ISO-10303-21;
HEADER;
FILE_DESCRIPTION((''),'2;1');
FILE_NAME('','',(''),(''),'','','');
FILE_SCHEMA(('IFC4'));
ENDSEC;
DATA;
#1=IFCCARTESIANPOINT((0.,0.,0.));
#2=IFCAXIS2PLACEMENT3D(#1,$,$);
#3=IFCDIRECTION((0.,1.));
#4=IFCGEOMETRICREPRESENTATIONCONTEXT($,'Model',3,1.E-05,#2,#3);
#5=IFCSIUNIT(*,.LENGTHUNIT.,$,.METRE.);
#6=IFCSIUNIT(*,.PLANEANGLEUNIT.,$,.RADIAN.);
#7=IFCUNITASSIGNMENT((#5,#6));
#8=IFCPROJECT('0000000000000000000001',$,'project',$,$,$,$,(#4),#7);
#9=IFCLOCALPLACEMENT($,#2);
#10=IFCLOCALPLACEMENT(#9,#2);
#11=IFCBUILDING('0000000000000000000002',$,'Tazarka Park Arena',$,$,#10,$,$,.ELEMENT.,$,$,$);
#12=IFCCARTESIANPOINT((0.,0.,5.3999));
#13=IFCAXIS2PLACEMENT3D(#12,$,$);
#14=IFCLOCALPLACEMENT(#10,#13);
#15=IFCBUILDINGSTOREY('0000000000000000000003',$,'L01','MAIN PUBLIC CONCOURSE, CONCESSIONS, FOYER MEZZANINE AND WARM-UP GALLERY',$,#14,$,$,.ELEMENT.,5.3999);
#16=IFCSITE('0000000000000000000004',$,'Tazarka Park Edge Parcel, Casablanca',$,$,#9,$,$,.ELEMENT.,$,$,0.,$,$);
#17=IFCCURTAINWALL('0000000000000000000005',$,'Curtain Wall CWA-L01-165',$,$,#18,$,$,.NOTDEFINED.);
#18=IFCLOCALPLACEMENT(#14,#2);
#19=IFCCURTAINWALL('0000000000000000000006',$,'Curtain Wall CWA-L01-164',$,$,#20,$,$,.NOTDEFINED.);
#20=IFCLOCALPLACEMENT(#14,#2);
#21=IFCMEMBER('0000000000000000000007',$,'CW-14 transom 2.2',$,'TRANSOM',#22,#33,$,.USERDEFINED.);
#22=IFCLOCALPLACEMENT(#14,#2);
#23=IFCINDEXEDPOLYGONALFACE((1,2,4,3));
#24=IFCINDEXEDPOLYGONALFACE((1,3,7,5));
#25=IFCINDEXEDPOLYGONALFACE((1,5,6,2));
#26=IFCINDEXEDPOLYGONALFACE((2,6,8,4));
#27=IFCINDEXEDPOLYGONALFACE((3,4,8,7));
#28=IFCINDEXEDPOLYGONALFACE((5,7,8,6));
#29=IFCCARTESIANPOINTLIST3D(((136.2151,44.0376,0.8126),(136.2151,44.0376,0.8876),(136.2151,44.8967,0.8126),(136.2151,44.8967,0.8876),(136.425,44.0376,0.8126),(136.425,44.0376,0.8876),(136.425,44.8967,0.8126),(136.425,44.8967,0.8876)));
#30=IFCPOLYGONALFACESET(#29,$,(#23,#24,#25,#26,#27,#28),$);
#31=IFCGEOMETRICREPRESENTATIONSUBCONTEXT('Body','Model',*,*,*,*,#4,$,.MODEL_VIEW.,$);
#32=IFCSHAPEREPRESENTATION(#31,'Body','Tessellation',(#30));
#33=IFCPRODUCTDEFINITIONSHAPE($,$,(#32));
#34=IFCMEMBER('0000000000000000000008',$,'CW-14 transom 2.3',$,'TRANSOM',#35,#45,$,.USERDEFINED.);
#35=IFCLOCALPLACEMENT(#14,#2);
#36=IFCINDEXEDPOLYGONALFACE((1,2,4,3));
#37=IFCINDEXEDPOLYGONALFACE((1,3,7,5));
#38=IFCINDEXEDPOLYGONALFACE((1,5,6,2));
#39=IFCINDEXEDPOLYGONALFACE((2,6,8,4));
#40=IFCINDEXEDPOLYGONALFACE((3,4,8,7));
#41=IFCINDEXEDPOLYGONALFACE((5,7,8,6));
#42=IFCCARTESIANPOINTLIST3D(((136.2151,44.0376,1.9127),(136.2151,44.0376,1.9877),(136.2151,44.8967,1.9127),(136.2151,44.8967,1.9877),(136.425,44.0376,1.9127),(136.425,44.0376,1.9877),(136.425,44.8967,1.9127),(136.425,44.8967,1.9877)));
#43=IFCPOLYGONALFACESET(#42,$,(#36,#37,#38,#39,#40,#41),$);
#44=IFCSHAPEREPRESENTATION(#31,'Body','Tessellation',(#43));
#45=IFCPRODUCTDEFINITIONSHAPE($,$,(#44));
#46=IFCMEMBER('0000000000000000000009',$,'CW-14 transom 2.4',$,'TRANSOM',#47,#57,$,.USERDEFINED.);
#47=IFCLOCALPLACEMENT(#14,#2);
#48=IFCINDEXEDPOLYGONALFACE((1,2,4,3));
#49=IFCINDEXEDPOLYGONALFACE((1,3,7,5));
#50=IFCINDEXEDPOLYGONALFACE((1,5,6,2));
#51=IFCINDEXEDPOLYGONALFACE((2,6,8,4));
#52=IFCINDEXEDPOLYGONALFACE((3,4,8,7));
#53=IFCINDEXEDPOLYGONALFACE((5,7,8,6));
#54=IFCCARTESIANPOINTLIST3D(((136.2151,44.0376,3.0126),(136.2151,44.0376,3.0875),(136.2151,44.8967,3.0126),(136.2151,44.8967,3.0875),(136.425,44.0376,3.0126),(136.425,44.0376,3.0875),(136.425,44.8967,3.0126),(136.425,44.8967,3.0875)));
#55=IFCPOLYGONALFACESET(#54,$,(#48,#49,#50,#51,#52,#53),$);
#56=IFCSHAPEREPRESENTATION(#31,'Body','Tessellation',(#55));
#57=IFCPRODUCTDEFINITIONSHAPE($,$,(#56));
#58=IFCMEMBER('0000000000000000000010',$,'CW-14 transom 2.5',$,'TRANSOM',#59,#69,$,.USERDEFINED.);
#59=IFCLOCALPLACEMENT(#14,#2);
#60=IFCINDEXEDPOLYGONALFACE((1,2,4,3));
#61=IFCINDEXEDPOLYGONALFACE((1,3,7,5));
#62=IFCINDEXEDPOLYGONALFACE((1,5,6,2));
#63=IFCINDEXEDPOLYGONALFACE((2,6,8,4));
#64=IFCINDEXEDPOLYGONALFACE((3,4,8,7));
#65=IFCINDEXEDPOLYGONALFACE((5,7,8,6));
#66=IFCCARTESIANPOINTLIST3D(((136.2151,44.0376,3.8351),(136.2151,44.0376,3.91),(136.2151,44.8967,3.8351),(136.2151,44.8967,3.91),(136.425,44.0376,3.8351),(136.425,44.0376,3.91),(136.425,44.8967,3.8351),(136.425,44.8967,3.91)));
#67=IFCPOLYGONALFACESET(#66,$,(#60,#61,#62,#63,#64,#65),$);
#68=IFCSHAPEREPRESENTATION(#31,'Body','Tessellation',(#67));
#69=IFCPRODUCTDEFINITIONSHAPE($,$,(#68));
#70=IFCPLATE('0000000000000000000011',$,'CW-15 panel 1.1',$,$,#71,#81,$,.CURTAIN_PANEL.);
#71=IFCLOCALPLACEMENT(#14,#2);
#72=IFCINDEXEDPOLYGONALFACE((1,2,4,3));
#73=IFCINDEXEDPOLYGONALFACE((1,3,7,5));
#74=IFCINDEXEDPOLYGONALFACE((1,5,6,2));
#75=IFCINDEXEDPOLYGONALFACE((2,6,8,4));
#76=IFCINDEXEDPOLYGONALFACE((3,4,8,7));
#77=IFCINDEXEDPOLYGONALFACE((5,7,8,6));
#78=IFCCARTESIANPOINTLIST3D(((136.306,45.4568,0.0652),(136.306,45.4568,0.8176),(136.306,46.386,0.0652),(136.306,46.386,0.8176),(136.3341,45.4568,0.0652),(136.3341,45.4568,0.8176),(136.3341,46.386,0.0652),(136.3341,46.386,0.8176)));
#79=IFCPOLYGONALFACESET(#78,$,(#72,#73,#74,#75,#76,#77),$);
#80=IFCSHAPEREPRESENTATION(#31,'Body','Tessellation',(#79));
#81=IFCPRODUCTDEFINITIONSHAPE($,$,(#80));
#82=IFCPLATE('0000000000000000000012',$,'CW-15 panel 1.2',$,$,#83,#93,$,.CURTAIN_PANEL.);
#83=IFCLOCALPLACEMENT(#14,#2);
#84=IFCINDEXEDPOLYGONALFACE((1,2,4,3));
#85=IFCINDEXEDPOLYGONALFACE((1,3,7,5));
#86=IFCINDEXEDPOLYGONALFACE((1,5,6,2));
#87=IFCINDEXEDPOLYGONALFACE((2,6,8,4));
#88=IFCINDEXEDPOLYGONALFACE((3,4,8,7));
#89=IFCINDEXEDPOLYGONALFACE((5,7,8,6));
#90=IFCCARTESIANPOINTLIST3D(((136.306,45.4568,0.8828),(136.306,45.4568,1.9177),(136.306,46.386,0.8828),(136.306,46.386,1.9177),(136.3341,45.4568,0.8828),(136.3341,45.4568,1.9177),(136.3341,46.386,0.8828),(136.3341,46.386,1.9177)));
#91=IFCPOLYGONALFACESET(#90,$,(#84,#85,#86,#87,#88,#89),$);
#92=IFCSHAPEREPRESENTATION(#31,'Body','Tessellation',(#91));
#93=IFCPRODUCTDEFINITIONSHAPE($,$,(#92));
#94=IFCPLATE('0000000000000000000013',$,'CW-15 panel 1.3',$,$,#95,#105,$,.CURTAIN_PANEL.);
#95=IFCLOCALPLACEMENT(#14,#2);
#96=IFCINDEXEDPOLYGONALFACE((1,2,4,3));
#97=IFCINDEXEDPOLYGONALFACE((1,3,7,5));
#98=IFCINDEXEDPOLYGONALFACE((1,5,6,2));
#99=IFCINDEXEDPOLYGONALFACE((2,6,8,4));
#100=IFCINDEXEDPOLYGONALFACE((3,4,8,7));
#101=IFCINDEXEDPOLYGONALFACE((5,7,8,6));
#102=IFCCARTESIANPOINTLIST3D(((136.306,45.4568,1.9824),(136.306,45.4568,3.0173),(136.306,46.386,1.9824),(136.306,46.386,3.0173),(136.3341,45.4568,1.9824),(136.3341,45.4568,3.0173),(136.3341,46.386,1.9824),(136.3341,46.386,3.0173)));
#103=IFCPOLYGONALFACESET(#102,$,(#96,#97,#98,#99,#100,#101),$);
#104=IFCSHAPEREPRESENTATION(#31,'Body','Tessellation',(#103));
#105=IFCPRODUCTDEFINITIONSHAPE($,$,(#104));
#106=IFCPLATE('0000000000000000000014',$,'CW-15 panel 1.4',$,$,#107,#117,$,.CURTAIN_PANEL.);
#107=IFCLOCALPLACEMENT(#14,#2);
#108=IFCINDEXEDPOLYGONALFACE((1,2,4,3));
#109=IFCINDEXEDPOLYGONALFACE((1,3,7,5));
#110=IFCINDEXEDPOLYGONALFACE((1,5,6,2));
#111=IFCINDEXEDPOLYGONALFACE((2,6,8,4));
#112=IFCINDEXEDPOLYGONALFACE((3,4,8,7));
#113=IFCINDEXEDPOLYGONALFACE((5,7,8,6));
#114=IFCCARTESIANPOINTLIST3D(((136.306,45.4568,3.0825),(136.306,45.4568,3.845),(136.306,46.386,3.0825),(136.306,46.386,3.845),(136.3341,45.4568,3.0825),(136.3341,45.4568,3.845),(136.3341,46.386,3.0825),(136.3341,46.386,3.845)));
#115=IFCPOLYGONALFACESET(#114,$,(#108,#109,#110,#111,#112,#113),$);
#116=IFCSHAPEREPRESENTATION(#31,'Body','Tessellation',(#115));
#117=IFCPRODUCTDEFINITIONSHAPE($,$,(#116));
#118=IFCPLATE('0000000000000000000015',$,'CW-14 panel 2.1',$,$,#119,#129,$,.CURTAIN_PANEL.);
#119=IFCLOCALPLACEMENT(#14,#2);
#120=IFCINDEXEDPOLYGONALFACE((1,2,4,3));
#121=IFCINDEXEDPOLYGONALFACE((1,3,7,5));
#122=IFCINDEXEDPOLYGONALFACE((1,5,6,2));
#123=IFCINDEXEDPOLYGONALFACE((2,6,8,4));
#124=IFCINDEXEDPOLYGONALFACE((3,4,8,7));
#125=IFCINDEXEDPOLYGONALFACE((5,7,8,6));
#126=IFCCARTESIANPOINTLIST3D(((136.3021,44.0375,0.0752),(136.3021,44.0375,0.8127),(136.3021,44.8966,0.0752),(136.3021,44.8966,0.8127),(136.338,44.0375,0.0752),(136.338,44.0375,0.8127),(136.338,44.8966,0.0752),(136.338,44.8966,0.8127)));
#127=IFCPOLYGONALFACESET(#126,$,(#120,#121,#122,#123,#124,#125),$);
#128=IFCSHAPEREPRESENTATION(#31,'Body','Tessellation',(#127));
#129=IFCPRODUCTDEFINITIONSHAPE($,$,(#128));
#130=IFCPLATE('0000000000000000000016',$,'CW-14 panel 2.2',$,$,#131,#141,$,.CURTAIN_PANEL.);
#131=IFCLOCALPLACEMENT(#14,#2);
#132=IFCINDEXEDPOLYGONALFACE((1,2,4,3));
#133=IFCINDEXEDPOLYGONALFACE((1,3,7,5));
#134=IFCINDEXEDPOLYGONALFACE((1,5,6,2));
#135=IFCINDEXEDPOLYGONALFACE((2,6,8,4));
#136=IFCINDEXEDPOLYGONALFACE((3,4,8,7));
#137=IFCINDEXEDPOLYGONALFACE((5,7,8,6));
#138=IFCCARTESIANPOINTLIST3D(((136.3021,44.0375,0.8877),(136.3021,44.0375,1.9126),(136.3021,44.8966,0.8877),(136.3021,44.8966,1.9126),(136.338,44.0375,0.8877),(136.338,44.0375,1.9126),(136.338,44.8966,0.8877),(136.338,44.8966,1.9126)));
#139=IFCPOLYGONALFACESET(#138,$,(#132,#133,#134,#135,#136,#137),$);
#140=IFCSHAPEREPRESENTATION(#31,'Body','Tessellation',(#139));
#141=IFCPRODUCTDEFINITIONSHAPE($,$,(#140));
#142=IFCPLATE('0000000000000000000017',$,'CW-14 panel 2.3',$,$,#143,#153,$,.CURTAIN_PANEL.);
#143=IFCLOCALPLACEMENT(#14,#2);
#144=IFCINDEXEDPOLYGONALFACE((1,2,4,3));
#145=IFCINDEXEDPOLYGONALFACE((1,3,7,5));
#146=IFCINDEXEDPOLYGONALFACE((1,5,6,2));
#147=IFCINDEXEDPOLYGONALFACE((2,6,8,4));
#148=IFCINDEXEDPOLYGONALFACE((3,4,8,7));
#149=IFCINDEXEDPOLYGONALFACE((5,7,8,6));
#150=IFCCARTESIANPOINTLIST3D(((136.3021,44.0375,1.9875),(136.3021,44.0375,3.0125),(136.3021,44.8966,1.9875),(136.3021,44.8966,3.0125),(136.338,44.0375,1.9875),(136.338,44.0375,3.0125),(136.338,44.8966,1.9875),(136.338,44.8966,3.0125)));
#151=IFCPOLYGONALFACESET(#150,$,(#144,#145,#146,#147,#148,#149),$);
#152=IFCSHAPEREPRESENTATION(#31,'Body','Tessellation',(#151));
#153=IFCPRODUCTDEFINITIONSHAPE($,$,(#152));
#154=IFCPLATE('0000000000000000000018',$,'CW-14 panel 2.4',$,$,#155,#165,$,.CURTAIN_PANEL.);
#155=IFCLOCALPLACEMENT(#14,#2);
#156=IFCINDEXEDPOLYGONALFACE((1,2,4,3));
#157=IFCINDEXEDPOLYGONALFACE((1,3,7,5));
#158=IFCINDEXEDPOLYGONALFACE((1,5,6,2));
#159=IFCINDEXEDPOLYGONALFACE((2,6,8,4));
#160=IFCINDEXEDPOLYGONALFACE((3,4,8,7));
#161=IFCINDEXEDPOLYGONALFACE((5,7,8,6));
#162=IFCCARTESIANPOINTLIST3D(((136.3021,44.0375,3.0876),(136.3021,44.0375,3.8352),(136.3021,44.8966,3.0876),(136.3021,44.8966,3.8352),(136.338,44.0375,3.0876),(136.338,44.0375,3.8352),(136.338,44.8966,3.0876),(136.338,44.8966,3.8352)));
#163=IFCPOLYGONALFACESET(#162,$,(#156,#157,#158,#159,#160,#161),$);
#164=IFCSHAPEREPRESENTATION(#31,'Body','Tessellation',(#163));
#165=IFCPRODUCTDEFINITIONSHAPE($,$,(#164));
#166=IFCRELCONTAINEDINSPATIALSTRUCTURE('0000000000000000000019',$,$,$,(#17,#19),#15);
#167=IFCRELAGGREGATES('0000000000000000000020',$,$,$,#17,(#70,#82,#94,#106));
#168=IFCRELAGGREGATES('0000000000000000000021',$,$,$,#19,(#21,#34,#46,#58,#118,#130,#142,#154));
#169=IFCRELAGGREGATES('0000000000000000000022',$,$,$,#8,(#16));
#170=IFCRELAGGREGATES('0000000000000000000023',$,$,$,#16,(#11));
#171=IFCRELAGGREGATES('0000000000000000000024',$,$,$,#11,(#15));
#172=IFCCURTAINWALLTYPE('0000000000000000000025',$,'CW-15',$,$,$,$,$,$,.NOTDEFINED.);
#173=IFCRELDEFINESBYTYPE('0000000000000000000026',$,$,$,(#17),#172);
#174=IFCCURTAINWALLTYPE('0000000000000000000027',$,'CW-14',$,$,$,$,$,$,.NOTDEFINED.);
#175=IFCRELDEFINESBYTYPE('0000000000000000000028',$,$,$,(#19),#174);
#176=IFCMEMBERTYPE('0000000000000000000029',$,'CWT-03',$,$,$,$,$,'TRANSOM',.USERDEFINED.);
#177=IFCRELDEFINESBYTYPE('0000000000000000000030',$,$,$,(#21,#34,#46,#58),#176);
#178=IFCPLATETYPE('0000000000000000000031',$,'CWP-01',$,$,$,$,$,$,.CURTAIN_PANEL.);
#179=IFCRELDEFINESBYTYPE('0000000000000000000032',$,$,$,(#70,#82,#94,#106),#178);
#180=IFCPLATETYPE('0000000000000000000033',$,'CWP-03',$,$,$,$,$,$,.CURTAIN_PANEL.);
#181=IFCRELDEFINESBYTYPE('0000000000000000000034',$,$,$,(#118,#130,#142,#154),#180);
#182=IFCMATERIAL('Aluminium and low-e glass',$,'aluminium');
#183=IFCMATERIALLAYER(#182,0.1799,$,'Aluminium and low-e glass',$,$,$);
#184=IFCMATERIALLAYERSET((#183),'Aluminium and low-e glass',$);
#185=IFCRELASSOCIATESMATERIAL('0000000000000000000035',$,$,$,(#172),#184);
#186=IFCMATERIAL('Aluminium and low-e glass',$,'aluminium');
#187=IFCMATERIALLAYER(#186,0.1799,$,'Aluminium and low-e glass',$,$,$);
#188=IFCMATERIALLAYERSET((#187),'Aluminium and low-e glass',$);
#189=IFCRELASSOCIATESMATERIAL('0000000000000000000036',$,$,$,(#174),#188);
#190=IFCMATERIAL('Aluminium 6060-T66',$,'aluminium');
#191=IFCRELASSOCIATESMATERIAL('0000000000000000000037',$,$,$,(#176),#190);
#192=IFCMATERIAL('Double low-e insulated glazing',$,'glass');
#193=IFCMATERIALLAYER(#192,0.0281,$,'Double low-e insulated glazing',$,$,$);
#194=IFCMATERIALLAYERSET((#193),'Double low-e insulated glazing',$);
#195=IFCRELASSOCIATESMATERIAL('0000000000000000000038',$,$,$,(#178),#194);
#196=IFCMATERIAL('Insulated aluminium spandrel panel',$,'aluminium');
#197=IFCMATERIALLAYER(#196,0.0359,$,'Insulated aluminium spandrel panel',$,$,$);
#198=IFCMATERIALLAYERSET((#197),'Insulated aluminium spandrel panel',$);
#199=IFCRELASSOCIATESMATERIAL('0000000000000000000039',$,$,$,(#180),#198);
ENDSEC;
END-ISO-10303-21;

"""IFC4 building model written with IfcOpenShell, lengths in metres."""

from ifc_helpers import new_model, si_unit, direction, frame, origin, origin_2d, place, context, subcontext, project, spatial, rectangle, extrude, material, layer, layer_set, material_profile, profile_set, type_object, element, aggregate, save


model = new_model("IFC4")

# Units and contexts
model_context = context("Model", 3, precision=1e-05, world=origin(), true_north=direction((0.0, 1.0)))
body_context = subcontext(model_context, "Body", "Model", "MODEL_VIEW")
ifc_project = project(units=[si_unit("LENGTHUNIT", "METRE"), si_unit("PLANEANGLEUNIT", "RADIAN")], contexts=[model_context])

# Site, building, storey
site_placement = place(None, origin())
site = spatial("IfcSite", under=ifc_project, at=site_placement, Name="Tazarka Park Edge Parcel, Casablanca", CompositionType="ELEMENT", RefElevation=0.0)
building_placement = place(site_placement, origin())
building = spatial("IfcBuilding", under=site, at=building_placement, Name="Tazarka Park Arena", CompositionType="ELEMENT")
storey_placement = place(building_placement, frame((0.0, 0.0, 5.3999)))
storey = spatial("IfcBuildingStorey", under=building, at=storey_placement, Name="L01", Description="MAIN PUBLIC CONCOURSE, CONCESSIONS, FOYER MEZZANINE AND WARM-UP GALLERY", CompositionType="ELEMENT", Elevation=5.3999)

# Curtain walls
ifc_material_1 = material(Name="Aluminium and low-e glass", Category="aluminium")
ifc_layer_1 = layer(ifc_material_1, 0.1799, Name="Aluminium and low-e glass")
ifc_layer_set_1 = layer_set([ifc_layer_1], Name="Aluminium and low-e glass")
curtain_wall_type_1 = type_object("IfcCurtainWallType", Name="CW-15", PredefinedType="NOTDEFINED", material=ifc_layer_set_1)
curtain_wall_1_placement = place(storey_placement, origin())
curtain_wall_1 = element("IfcCurtainWall", 1, at=curtain_wall_1_placement, inside=storey, type_object=curtain_wall_type_1, Name="Curtain Wall CWA-L01-165", PredefinedType="NOTDEFINED")
ifc_material_2 = material(Name="Aluminium and low-e glass", Category="aluminium")
ifc_layer_2 = layer(ifc_material_2, 0.1799, Name="Aluminium and low-e glass")
ifc_layer_set_2 = layer_set([ifc_layer_2], Name="Aluminium and low-e glass")
curtain_wall_type_2 = type_object("IfcCurtainWallType", Name="CW-14", PredefinedType="NOTDEFINED", material=ifc_layer_set_2)
curtain_wall_2_placement = place(storey_placement, origin())
curtain_wall_2 = element("IfcCurtainWall", 2, at=curtain_wall_2_placement, inside=storey, type_object=curtain_wall_type_2, Name="Curtain Wall CWA-L01-164", PredefinedType="NOTDEFINED")

# Members
ifc_material_3 = material(Name="Aluminium 6060-T66", Category="aluminium")
ifc_material_profile_1 = material_profile(ifc_material_3, rectangle(XDim=0.21, YDim=0.075, at=origin_2d()), Name="Aluminium 6060-T66")
ifc_profile_set_1 = profile_set([ifc_material_profile_1], Name="Aluminium 6060-T66")
member_type_1 = type_object("IfcMemberType", Name="CWT-03", ElementType="TRANSOM", PredefinedType="USERDEFINED", material=ifc_profile_set_1)
member_1_placement = place(storey_placement, frame((136.3201, 44.0376, 0.8501), z_axis=(0.0, 1.0, 0.0), x_axis=(-1.0, 0.0, 0.0)))
member_1 = element("IfcMember", 3, at=member_1_placement, type_object=member_type_1, Name="CW-14 transom 2.2", ObjectType="TRANSOM", PredefinedType="USERDEFINED", context=body_context, shape_type="SweptSolid", body=[
    extrude(rectangle(XDim=0.21, YDim=0.075, at=origin_2d()), origin(), (0.0, 0.0, 1.0), 0.8591),
])
member_2_placement = place(storey_placement, frame((136.3201, 44.0376, 1.9502), z_axis=(0.0, 1.0, 0.0), x_axis=(-1.0, 0.0, 0.0)))
member_2 = element("IfcMember", 4, at=member_2_placement, type_object=member_type_1, Name="CW-14 transom 2.3", ObjectType="TRANSOM", PredefinedType="USERDEFINED", context=body_context, shape_type="SweptSolid", body=[
    extrude(rectangle(XDim=0.21, YDim=0.075, at=origin_2d()), origin(), (0.0, 0.0, 1.0), 0.8591),
])
member_3_placement = place(storey_placement, frame((136.3201, 44.0376, 3.05), z_axis=(0.0, 1.0, 0.0), x_axis=(-1.0, 0.0, 0.0)))
member_3 = element("IfcMember", 5, at=member_3_placement, type_object=member_type_1, Name="CW-14 transom 2.4", ObjectType="TRANSOM", PredefinedType="USERDEFINED", context=body_context, shape_type="SweptSolid", body=[
    extrude(rectangle(XDim=0.21, YDim=0.075, at=origin_2d()), origin(), (0.0, 0.0, 1.0), 0.8591),
])
member_4_placement = place(storey_placement, frame((136.3201, 44.0376, 3.8726), z_axis=(0.0, 1.0, 0.0), x_axis=(-1.0, 0.0, 0.0)))
member_4 = element("IfcMember", 6, at=member_4_placement, type_object=member_type_1, Name="CW-14 transom 2.5", ObjectType="TRANSOM", PredefinedType="USERDEFINED", context=body_context, shape_type="SweptSolid", body=[
    extrude(rectangle(XDim=0.21, YDim=0.075, at=origin_2d()), origin(), (0.0, 0.0, 1.0), 0.8591),
])

# Plates
ifc_material_4 = material(Name="Double low-e insulated glazing", Category="glass")
ifc_layer_3 = layer(ifc_material_4, 0.0281, Name="Double low-e insulated glazing")
ifc_layer_set_3 = layer_set([ifc_layer_3], Name="Double low-e insulated glazing")
plate_type_1 = type_object("IfcPlateType", Name="CWP-01", PredefinedType="CURTAIN_PANEL", material=ifc_layer_set_3)
plate_1_placement = place(storey_placement, frame((136.3201, 45.9214, 0.0652), z_axis=(0.0, 0.0, 1.0), x_axis=(0.0, 1.0, 0.0)))
plate_1 = element("IfcPlate", 7, at=plate_1_placement, type_object=plate_type_1, Name="CW-15 panel 1.1", PredefinedType="CURTAIN_PANEL", context=body_context, shape_type="SweptSolid", body=[
    extrude(rectangle(XDim=0.9292, YDim=0.0281, at=origin_2d()), origin(), (0.0, 0.0, 1.0), 0.7524),
])
plate_2_placement = place(storey_placement, frame((136.3201, 45.9214, 0.8828), z_axis=(0.0, 0.0, 1.0), x_axis=(0.0, 1.0, 0.0)))
plate_2 = element("IfcPlate", 8, at=plate_2_placement, type_object=plate_type_1, Name="CW-15 panel 1.2", PredefinedType="CURTAIN_PANEL", context=body_context, shape_type="SweptSolid", body=[
    extrude(rectangle(XDim=0.9292, YDim=0.0281, at=origin_2d()), origin(), (0.0, 0.0, 1.0), 1.0349),
])
plate_3_placement = place(storey_placement, frame((136.3201, 45.9214, 1.9824), z_axis=(0.0, 0.0, 1.0), x_axis=(0.0, 1.0, 0.0)))
plate_3 = element("IfcPlate", 9, at=plate_3_placement, type_object=plate_type_1, Name="CW-15 panel 1.3", PredefinedType="CURTAIN_PANEL", context=body_context, shape_type="SweptSolid", body=[
    extrude(rectangle(XDim=0.9292, YDim=0.0281, at=origin_2d()), origin(), (0.0, 0.0, 1.0), 1.0349),
])
plate_4_placement = place(storey_placement, frame((136.3201, 45.9214, 3.0825), z_axis=(0.0, 0.0, 1.0), x_axis=(0.0, 1.0, 0.0)))
plate_4 = element("IfcPlate", 10, at=plate_4_placement, type_object=plate_type_1, Name="CW-15 panel 1.4", PredefinedType="CURTAIN_PANEL", context=body_context, shape_type="SweptSolid", body=[
    extrude(rectangle(XDim=0.9292, YDim=0.0281, at=origin_2d()), origin(), (0.0, 0.0, 1.0), 0.7625),
])
aggregate(curtain_wall_1, [plate_1, plate_2, plate_3, plate_4])
ifc_material_5 = material(Name="Insulated aluminium spandrel panel", Category="aluminium")
ifc_layer_4 = layer(ifc_material_5, 0.0359, Name="Insulated aluminium spandrel panel")
ifc_layer_set_4 = layer_set([ifc_layer_4], Name="Insulated aluminium spandrel panel")
plate_type_2 = type_object("IfcPlateType", Name="CWP-03", PredefinedType="CURTAIN_PANEL", material=ifc_layer_set_4)
plate_5_placement = place(storey_placement, frame((136.3201, 44.467, 0.0752), z_axis=(0.0, 0.0, 1.0), x_axis=(0.0, 1.0, 0.0)))
plate_5 = element("IfcPlate", 11, at=plate_5_placement, type_object=plate_type_2, Name="CW-14 panel 2.1", PredefinedType="CURTAIN_PANEL", context=body_context, shape_type="SweptSolid", body=[
    extrude(rectangle(XDim=0.8591, YDim=0.0359, at=origin_2d()), origin(), (0.0, 0.0, 1.0), 0.7375),
])
plate_6_placement = place(storey_placement, frame((136.3201, 44.467, 0.8877), z_axis=(0.0, 0.0, 1.0), x_axis=(0.0, 1.0, 0.0)))
plate_6 = element("IfcPlate", 12, at=plate_6_placement, type_object=plate_type_2, Name="CW-14 panel 2.2", PredefinedType="CURTAIN_PANEL", context=body_context, shape_type="SweptSolid", body=[
    extrude(rectangle(XDim=0.8591, YDim=0.0359, at=origin_2d()), origin(), (0.0, 0.0, 1.0), 1.0249),
])
plate_7_placement = place(storey_placement, frame((136.3201, 44.467, 1.9875), z_axis=(0.0, 0.0, 1.0), x_axis=(0.0, 1.0, 0.0)))
plate_7 = element("IfcPlate", 13, at=plate_7_placement, type_object=plate_type_2, Name="CW-14 panel 2.3", PredefinedType="CURTAIN_PANEL", context=body_context, shape_type="SweptSolid", body=[
    extrude(rectangle(XDim=0.8591, YDim=0.0359, at=origin_2d()), origin(), (0.0, 0.0, 1.0), 1.0249),
])
plate_8_placement = place(storey_placement, frame((136.3201, 44.467, 3.0876), z_axis=(0.0, 0.0, 1.0), x_axis=(0.0, 1.0, 0.0)))
plate_8 = element("IfcPlate", 14, at=plate_8_placement, type_object=plate_type_2, Name="CW-14 panel 2.4", PredefinedType="CURTAIN_PANEL", context=body_context, shape_type="SweptSolid", body=[
    extrude(rectangle(XDim=0.8591, YDim=0.0359, at=origin_2d()), origin(), (0.0, 0.0, 1.0), 0.7476),
])
aggregate(curtain_wall_2, [member_1, member_2, member_3, member_4, plate_5, plate_6, plate_7, plate_8])

save(model, "model.ifc")
